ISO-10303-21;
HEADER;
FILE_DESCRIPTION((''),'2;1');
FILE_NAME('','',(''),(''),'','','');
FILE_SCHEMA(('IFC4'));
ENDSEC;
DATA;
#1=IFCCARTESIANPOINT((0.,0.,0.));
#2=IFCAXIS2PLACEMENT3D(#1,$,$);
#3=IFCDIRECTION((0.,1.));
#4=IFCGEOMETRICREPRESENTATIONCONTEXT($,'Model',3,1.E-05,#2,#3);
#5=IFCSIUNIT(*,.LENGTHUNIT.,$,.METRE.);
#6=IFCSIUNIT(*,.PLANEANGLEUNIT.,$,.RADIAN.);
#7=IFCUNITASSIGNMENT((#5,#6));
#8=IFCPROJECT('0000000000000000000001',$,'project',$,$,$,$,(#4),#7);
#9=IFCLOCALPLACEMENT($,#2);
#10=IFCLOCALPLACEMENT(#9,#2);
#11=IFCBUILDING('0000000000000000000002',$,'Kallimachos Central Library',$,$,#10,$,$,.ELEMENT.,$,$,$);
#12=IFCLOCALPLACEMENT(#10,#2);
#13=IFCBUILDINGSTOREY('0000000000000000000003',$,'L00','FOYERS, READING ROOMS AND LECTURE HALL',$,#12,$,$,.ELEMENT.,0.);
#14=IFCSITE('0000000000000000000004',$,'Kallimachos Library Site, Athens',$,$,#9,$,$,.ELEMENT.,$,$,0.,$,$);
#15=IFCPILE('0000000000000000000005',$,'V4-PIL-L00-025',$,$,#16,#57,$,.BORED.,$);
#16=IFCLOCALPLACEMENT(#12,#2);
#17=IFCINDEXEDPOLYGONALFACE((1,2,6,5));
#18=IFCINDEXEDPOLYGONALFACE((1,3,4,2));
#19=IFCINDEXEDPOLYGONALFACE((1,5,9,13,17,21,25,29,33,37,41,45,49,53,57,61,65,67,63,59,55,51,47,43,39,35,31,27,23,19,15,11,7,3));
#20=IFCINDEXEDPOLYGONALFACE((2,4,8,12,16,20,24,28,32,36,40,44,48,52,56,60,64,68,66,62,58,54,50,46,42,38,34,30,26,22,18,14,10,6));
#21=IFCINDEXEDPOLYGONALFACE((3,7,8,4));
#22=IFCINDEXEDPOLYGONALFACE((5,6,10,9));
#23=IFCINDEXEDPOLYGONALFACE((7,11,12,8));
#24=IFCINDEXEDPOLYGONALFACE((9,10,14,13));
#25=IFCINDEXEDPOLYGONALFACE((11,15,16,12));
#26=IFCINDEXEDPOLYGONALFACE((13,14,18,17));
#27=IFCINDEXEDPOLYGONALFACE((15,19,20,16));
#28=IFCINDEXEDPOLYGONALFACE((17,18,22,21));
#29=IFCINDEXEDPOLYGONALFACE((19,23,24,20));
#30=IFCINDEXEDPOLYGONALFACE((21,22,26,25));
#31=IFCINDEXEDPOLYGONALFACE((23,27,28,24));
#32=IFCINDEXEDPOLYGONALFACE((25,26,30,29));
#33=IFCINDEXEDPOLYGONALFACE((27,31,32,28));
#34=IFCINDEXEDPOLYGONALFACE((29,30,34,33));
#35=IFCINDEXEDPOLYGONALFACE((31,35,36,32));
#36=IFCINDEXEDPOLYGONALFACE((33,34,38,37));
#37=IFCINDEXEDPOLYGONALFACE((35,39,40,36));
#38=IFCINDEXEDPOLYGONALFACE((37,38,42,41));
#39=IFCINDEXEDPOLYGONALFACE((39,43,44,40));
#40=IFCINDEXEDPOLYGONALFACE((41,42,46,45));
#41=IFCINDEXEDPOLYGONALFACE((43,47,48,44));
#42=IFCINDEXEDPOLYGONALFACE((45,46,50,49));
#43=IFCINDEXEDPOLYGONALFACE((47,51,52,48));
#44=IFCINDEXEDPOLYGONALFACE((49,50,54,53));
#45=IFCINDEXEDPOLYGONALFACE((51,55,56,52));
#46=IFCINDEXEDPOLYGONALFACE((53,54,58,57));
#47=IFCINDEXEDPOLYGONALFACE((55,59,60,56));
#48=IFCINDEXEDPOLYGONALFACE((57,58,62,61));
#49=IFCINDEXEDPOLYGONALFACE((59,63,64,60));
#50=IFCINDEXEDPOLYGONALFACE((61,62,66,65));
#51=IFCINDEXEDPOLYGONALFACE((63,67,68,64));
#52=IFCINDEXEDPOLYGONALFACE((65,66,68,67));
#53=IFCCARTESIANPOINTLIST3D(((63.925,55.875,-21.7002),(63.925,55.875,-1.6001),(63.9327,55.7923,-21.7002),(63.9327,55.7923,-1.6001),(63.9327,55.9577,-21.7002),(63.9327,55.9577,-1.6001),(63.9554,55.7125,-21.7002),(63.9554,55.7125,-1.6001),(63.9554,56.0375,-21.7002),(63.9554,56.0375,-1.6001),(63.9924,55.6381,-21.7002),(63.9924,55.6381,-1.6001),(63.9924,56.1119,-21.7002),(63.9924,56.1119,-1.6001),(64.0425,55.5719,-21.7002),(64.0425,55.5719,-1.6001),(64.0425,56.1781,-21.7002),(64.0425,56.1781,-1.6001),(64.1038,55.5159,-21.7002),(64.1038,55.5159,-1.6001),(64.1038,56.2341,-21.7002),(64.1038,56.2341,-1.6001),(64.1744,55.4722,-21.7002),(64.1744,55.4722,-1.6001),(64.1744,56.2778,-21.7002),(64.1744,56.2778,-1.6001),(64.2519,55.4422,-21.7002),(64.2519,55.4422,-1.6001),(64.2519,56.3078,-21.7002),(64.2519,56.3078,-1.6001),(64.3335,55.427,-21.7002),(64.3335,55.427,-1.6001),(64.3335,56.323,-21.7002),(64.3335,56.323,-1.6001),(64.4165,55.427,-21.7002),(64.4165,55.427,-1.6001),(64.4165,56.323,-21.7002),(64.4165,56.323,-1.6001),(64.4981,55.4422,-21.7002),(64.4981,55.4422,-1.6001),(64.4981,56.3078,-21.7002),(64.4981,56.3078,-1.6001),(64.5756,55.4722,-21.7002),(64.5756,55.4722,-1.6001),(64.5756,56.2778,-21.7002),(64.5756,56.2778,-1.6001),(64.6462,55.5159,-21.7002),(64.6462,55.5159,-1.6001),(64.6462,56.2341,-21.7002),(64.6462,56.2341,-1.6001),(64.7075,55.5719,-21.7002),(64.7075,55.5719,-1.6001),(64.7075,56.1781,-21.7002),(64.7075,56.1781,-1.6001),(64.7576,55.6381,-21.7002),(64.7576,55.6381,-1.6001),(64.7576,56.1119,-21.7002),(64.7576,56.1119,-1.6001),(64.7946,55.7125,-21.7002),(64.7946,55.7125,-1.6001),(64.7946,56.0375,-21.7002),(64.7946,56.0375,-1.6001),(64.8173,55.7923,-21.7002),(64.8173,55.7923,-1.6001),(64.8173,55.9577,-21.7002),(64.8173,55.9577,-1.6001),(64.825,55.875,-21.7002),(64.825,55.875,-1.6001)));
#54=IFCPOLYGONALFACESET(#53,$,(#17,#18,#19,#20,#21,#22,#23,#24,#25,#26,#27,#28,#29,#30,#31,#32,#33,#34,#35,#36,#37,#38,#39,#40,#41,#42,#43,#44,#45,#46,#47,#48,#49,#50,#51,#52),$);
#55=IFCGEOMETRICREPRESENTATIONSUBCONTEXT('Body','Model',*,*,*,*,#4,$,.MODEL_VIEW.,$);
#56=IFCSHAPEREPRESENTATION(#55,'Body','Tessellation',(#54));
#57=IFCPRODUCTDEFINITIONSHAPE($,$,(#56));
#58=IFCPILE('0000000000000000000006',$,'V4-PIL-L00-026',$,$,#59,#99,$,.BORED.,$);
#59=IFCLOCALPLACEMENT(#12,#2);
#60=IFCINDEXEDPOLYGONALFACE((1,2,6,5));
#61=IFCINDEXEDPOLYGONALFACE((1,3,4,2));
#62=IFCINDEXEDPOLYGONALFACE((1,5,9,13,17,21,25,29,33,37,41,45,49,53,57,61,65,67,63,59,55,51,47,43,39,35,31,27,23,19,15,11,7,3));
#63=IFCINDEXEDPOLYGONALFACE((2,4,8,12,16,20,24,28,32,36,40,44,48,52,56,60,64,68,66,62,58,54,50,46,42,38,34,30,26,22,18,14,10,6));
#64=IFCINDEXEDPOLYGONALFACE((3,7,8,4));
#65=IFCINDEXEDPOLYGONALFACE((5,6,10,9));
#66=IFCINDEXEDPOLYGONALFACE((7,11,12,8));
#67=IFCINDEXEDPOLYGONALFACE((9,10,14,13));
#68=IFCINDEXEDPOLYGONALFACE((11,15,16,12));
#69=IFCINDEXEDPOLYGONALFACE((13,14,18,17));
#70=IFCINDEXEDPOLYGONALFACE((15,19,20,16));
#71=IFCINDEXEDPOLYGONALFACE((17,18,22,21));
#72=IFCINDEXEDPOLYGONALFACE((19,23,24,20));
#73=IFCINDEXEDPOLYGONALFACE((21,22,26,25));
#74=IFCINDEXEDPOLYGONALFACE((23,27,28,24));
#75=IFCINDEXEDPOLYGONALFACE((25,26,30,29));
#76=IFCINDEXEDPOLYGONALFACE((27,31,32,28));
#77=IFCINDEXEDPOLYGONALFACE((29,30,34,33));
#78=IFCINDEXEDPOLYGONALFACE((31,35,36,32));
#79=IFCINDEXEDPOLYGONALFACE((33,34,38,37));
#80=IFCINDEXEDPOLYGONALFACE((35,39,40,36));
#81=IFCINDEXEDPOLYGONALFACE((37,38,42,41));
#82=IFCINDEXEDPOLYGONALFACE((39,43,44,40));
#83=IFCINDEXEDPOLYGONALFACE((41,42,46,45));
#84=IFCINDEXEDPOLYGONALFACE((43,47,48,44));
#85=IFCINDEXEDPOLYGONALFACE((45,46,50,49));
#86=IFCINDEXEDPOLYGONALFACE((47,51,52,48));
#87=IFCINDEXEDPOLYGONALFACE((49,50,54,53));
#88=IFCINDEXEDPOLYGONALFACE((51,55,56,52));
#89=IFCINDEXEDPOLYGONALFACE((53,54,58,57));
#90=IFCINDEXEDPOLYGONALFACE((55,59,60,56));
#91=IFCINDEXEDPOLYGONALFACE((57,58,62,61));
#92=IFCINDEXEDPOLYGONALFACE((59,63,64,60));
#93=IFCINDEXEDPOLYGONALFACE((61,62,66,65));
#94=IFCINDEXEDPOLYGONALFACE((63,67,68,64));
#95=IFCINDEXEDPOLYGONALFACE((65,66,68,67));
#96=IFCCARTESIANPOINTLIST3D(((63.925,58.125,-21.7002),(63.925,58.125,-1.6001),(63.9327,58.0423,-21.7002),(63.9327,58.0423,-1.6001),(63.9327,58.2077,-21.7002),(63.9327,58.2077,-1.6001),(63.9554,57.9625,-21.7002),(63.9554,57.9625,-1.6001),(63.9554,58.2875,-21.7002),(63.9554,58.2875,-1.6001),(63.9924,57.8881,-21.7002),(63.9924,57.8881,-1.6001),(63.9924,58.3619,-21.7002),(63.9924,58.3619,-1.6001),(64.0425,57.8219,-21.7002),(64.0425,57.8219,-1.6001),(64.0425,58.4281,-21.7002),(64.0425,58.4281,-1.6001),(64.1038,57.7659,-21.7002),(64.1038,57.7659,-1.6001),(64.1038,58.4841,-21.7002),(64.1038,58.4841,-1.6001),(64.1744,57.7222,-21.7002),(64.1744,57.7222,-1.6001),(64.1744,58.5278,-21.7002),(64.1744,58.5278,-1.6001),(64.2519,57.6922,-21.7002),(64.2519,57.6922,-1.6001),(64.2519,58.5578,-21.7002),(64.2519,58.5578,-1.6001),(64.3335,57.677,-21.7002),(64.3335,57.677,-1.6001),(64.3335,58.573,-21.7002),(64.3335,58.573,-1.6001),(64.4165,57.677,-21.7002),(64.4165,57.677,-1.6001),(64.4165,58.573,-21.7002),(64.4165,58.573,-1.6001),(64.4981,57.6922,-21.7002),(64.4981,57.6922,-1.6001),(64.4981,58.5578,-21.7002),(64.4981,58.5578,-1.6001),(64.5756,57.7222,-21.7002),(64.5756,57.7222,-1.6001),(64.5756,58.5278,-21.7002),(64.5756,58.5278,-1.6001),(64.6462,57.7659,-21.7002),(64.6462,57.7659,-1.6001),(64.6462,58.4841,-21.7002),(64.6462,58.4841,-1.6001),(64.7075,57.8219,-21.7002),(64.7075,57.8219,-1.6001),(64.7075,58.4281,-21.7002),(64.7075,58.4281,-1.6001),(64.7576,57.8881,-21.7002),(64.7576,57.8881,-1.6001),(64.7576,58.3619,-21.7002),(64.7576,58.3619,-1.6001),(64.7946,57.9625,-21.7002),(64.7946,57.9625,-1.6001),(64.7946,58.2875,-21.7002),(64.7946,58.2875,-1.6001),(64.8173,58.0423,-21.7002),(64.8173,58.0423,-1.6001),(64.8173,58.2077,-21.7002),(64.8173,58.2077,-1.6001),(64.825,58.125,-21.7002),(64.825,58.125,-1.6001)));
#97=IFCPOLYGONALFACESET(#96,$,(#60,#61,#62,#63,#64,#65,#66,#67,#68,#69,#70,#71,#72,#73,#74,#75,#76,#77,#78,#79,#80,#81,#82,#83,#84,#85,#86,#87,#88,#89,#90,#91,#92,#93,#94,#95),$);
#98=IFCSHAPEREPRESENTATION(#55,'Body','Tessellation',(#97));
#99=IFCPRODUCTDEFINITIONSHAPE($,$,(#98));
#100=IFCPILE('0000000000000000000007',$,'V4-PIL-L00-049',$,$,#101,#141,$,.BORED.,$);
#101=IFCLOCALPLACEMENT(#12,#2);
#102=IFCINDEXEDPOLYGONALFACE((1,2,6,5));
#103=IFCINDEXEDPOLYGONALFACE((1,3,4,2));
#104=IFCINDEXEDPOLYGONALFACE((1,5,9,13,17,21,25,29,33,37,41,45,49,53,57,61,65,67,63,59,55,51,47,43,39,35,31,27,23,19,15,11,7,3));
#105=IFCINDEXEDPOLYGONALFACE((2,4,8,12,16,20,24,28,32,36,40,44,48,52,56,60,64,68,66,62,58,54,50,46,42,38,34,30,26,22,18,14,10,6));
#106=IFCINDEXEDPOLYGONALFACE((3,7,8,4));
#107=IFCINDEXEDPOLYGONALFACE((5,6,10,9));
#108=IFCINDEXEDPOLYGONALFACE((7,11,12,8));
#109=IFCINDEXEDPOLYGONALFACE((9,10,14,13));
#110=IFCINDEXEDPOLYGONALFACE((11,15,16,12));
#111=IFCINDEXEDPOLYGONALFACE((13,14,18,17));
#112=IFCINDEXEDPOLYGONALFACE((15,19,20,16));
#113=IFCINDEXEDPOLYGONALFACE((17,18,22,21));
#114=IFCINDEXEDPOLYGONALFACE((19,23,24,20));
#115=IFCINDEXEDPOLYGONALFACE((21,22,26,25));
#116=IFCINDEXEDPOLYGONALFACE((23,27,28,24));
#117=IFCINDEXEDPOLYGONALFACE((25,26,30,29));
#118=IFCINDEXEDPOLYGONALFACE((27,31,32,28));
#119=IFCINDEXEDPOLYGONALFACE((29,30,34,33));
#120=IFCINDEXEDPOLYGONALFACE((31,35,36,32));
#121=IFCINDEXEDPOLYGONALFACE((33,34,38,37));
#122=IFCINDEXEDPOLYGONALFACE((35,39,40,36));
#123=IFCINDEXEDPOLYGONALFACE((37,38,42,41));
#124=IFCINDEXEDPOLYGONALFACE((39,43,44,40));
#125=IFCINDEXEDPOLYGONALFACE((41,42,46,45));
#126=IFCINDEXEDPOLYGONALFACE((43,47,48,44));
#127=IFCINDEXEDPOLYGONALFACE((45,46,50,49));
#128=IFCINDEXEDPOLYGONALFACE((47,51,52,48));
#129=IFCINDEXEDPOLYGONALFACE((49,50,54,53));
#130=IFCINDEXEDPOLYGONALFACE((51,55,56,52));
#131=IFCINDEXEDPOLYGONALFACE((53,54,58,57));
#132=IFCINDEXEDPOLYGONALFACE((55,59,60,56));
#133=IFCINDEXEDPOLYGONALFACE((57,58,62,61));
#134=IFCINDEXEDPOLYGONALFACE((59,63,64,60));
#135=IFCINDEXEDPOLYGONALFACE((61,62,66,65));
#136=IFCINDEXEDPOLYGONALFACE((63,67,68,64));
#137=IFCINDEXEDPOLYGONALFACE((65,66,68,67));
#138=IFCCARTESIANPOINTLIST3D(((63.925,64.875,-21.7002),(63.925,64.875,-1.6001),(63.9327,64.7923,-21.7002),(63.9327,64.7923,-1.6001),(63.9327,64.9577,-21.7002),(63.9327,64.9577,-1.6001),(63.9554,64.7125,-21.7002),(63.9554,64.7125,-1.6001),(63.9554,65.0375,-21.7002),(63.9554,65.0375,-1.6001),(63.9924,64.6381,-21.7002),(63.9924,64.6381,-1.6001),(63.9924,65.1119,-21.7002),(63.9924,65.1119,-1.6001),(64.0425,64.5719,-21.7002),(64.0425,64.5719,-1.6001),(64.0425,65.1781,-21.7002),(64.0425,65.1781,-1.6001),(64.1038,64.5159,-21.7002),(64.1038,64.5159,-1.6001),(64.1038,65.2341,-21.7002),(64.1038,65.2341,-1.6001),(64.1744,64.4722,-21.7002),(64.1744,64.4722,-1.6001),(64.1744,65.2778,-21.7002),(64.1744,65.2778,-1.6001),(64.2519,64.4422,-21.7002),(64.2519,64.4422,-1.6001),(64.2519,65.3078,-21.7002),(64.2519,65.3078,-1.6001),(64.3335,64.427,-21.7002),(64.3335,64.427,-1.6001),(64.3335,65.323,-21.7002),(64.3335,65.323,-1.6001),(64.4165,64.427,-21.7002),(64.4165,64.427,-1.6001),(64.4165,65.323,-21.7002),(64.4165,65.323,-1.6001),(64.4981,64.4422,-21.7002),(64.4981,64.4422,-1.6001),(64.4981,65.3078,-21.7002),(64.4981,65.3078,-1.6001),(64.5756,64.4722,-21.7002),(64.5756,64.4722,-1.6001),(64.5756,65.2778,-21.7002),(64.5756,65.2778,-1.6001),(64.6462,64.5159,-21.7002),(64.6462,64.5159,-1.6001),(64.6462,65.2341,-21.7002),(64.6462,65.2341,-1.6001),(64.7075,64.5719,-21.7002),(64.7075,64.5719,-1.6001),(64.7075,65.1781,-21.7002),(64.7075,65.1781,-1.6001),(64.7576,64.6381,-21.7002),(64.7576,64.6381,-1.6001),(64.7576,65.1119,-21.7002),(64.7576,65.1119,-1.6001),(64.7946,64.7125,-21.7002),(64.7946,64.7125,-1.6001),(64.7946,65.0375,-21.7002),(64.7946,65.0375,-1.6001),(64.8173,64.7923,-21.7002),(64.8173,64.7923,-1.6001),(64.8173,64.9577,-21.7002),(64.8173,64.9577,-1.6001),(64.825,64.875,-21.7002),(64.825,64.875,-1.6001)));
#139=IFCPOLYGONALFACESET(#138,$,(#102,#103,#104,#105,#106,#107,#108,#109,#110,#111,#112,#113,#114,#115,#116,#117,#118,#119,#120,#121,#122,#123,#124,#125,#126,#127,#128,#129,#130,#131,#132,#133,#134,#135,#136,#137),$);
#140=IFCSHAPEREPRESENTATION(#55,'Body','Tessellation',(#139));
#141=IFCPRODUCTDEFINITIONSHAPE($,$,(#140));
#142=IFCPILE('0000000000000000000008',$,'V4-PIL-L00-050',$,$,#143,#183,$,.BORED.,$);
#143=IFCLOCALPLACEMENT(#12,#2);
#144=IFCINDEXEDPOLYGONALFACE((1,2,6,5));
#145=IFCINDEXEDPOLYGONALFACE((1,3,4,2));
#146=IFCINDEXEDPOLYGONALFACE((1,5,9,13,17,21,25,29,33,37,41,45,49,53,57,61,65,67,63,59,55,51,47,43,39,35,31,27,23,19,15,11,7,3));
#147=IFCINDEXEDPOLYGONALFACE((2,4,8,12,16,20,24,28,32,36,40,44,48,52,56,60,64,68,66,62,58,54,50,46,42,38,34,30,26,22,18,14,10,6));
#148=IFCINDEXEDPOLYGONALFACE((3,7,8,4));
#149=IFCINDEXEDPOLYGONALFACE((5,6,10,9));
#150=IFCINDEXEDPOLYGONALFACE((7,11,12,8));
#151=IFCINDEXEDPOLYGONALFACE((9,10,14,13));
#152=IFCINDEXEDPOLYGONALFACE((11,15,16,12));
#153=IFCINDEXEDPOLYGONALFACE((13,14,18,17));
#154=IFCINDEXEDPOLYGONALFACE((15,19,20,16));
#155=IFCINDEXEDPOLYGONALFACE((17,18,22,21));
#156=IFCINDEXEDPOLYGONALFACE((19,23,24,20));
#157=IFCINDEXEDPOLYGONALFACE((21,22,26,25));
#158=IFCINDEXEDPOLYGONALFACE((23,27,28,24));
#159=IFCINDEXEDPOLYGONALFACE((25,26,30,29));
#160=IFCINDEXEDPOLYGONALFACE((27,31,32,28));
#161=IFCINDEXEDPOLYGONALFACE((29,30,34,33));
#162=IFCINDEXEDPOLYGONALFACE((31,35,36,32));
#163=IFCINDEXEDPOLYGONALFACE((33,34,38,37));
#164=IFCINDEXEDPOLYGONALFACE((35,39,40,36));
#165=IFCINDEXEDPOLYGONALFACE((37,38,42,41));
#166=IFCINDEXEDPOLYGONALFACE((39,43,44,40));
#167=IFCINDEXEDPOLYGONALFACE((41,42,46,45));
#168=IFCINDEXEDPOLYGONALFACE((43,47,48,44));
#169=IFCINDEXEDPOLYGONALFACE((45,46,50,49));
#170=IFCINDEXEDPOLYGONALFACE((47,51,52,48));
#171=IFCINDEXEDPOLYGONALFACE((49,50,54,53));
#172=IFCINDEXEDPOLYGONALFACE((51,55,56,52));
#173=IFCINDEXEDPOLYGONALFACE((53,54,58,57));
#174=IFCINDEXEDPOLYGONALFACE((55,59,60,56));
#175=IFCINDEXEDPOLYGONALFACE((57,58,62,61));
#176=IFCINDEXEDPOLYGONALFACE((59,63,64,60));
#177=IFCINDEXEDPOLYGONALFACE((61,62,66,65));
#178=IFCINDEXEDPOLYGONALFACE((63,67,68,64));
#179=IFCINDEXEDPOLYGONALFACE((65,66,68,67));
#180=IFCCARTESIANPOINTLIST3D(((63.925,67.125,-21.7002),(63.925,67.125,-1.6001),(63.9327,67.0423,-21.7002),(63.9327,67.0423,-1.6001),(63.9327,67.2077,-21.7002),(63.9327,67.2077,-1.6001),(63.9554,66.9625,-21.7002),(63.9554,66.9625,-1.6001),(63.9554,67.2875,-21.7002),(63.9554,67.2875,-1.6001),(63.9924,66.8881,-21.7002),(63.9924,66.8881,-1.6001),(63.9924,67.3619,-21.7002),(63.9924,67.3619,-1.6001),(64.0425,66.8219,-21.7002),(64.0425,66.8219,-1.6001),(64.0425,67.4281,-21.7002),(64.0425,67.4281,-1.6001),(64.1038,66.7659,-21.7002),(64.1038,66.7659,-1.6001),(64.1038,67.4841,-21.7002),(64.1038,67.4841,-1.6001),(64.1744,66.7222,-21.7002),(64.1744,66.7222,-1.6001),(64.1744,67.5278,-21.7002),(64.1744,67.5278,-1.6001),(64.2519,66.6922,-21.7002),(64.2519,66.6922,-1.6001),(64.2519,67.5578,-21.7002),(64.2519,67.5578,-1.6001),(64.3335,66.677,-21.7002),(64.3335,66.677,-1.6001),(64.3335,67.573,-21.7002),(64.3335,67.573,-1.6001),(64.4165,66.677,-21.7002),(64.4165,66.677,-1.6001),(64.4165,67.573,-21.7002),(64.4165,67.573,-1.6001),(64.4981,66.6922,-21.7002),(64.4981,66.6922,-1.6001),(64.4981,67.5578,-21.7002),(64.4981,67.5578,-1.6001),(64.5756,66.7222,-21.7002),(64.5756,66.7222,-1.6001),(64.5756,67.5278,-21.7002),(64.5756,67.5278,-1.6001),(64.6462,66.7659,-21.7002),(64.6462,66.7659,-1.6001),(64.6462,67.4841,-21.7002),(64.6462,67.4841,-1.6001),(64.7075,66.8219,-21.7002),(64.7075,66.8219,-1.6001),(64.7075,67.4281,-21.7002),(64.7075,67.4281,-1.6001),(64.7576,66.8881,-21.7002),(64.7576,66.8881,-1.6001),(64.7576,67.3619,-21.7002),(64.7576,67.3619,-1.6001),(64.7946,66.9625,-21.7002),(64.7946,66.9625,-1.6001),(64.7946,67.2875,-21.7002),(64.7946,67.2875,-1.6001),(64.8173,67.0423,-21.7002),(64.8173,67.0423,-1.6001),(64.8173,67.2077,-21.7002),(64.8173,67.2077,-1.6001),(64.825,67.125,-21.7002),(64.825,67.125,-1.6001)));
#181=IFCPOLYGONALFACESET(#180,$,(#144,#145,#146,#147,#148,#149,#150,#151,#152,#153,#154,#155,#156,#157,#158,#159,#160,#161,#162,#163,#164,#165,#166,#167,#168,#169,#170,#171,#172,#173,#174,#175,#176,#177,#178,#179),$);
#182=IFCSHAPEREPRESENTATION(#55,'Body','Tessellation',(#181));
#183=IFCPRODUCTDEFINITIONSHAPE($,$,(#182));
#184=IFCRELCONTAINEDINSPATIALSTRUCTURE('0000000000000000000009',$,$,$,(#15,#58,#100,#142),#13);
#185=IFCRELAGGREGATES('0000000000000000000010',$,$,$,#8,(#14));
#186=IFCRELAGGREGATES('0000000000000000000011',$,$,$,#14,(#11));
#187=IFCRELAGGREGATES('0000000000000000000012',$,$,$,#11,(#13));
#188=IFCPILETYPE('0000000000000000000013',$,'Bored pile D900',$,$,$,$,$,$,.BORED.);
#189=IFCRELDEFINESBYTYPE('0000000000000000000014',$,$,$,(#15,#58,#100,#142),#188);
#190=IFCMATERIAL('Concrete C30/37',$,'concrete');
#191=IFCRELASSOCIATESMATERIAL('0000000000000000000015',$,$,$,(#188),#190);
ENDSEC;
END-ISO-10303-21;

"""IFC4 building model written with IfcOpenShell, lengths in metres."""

from ifc_helpers import new_model, si_unit, direction, frame, origin, origin_2d, place, context, subcontext, project, spatial, circle, extrude, material, type_object, element, save


model = new_model("IFC4")

# Units and contexts
model_context = context("Model", 3, precision=1e-05, world=origin(), true_north=direction((0.0, 1.0)))
body_context = subcontext(model_context, "Body", "Model", "MODEL_VIEW")
ifc_project = project(units=[si_unit("LENGTHUNIT", "METRE"), si_unit("PLANEANGLEUNIT", "RADIAN")], contexts=[model_context])

# Site, building, storey
site_placement = place(None, origin())
site = spatial("IfcSite", under=ifc_project, at=site_placement, Name="Kallimachos Library Site, Athens", CompositionType="ELEMENT", RefElevation=0.0)
building_placement = place(site_placement, origin())
building = spatial("IfcBuilding", under=site, at=building_placement, Name="Kallimachos Central Library", CompositionType="ELEMENT")
storey_placement = place(building_placement, origin())
storey = spatial("IfcBuildingStorey", under=building, at=storey_placement, Name="L00", Description="FOYERS, READING ROOMS AND LECTURE HALL", CompositionType="ELEMENT", Elevation=0.0)

# Piles
ifc_material_1 = material(Name="Concrete C30/37", Category="concrete")
pile_type = type_object("IfcPileType", Name="Bored pile D900", PredefinedType="BORED", material=ifc_material_1)
for number, where, z_axis, x_axis, name in (
    (1, (64.375, 55.875, -1.6001), (0.0, 0.0, -1.0), (1.0, 0.0, 0.0), "V4-PIL-L00-025"),
    (2, (64.375, 58.125, -1.6001), (0.0, 0.0, -1.0), (1.0, 0.0, 0.0), "V4-PIL-L00-026"),
    (3, (64.375, 64.875, -1.6001), (0.0, 0.0, -1.0), (1.0, 0.0, 0.0), "V4-PIL-L00-049"),
    (4, (64.375, 67.125, -1.6001), (0.0, 0.0, -1.0), (1.0, 0.0, 0.0), "V4-PIL-L00-050"),
):
    element("IfcPile", number, at=place(storey_placement, frame(where, z_axis=z_axis, x_axis=x_axis)), inside=storey, type_object=pile_type, Name=name, PredefinedType="BORED", context=body_context, shape_type="SweptSolid", body=[
        extrude(circle(Radius=0.45, at=origin_2d()), origin(), (0.0, 0.0, 1.0), 20.1001),
    ])

save(model, "model.ifc")
